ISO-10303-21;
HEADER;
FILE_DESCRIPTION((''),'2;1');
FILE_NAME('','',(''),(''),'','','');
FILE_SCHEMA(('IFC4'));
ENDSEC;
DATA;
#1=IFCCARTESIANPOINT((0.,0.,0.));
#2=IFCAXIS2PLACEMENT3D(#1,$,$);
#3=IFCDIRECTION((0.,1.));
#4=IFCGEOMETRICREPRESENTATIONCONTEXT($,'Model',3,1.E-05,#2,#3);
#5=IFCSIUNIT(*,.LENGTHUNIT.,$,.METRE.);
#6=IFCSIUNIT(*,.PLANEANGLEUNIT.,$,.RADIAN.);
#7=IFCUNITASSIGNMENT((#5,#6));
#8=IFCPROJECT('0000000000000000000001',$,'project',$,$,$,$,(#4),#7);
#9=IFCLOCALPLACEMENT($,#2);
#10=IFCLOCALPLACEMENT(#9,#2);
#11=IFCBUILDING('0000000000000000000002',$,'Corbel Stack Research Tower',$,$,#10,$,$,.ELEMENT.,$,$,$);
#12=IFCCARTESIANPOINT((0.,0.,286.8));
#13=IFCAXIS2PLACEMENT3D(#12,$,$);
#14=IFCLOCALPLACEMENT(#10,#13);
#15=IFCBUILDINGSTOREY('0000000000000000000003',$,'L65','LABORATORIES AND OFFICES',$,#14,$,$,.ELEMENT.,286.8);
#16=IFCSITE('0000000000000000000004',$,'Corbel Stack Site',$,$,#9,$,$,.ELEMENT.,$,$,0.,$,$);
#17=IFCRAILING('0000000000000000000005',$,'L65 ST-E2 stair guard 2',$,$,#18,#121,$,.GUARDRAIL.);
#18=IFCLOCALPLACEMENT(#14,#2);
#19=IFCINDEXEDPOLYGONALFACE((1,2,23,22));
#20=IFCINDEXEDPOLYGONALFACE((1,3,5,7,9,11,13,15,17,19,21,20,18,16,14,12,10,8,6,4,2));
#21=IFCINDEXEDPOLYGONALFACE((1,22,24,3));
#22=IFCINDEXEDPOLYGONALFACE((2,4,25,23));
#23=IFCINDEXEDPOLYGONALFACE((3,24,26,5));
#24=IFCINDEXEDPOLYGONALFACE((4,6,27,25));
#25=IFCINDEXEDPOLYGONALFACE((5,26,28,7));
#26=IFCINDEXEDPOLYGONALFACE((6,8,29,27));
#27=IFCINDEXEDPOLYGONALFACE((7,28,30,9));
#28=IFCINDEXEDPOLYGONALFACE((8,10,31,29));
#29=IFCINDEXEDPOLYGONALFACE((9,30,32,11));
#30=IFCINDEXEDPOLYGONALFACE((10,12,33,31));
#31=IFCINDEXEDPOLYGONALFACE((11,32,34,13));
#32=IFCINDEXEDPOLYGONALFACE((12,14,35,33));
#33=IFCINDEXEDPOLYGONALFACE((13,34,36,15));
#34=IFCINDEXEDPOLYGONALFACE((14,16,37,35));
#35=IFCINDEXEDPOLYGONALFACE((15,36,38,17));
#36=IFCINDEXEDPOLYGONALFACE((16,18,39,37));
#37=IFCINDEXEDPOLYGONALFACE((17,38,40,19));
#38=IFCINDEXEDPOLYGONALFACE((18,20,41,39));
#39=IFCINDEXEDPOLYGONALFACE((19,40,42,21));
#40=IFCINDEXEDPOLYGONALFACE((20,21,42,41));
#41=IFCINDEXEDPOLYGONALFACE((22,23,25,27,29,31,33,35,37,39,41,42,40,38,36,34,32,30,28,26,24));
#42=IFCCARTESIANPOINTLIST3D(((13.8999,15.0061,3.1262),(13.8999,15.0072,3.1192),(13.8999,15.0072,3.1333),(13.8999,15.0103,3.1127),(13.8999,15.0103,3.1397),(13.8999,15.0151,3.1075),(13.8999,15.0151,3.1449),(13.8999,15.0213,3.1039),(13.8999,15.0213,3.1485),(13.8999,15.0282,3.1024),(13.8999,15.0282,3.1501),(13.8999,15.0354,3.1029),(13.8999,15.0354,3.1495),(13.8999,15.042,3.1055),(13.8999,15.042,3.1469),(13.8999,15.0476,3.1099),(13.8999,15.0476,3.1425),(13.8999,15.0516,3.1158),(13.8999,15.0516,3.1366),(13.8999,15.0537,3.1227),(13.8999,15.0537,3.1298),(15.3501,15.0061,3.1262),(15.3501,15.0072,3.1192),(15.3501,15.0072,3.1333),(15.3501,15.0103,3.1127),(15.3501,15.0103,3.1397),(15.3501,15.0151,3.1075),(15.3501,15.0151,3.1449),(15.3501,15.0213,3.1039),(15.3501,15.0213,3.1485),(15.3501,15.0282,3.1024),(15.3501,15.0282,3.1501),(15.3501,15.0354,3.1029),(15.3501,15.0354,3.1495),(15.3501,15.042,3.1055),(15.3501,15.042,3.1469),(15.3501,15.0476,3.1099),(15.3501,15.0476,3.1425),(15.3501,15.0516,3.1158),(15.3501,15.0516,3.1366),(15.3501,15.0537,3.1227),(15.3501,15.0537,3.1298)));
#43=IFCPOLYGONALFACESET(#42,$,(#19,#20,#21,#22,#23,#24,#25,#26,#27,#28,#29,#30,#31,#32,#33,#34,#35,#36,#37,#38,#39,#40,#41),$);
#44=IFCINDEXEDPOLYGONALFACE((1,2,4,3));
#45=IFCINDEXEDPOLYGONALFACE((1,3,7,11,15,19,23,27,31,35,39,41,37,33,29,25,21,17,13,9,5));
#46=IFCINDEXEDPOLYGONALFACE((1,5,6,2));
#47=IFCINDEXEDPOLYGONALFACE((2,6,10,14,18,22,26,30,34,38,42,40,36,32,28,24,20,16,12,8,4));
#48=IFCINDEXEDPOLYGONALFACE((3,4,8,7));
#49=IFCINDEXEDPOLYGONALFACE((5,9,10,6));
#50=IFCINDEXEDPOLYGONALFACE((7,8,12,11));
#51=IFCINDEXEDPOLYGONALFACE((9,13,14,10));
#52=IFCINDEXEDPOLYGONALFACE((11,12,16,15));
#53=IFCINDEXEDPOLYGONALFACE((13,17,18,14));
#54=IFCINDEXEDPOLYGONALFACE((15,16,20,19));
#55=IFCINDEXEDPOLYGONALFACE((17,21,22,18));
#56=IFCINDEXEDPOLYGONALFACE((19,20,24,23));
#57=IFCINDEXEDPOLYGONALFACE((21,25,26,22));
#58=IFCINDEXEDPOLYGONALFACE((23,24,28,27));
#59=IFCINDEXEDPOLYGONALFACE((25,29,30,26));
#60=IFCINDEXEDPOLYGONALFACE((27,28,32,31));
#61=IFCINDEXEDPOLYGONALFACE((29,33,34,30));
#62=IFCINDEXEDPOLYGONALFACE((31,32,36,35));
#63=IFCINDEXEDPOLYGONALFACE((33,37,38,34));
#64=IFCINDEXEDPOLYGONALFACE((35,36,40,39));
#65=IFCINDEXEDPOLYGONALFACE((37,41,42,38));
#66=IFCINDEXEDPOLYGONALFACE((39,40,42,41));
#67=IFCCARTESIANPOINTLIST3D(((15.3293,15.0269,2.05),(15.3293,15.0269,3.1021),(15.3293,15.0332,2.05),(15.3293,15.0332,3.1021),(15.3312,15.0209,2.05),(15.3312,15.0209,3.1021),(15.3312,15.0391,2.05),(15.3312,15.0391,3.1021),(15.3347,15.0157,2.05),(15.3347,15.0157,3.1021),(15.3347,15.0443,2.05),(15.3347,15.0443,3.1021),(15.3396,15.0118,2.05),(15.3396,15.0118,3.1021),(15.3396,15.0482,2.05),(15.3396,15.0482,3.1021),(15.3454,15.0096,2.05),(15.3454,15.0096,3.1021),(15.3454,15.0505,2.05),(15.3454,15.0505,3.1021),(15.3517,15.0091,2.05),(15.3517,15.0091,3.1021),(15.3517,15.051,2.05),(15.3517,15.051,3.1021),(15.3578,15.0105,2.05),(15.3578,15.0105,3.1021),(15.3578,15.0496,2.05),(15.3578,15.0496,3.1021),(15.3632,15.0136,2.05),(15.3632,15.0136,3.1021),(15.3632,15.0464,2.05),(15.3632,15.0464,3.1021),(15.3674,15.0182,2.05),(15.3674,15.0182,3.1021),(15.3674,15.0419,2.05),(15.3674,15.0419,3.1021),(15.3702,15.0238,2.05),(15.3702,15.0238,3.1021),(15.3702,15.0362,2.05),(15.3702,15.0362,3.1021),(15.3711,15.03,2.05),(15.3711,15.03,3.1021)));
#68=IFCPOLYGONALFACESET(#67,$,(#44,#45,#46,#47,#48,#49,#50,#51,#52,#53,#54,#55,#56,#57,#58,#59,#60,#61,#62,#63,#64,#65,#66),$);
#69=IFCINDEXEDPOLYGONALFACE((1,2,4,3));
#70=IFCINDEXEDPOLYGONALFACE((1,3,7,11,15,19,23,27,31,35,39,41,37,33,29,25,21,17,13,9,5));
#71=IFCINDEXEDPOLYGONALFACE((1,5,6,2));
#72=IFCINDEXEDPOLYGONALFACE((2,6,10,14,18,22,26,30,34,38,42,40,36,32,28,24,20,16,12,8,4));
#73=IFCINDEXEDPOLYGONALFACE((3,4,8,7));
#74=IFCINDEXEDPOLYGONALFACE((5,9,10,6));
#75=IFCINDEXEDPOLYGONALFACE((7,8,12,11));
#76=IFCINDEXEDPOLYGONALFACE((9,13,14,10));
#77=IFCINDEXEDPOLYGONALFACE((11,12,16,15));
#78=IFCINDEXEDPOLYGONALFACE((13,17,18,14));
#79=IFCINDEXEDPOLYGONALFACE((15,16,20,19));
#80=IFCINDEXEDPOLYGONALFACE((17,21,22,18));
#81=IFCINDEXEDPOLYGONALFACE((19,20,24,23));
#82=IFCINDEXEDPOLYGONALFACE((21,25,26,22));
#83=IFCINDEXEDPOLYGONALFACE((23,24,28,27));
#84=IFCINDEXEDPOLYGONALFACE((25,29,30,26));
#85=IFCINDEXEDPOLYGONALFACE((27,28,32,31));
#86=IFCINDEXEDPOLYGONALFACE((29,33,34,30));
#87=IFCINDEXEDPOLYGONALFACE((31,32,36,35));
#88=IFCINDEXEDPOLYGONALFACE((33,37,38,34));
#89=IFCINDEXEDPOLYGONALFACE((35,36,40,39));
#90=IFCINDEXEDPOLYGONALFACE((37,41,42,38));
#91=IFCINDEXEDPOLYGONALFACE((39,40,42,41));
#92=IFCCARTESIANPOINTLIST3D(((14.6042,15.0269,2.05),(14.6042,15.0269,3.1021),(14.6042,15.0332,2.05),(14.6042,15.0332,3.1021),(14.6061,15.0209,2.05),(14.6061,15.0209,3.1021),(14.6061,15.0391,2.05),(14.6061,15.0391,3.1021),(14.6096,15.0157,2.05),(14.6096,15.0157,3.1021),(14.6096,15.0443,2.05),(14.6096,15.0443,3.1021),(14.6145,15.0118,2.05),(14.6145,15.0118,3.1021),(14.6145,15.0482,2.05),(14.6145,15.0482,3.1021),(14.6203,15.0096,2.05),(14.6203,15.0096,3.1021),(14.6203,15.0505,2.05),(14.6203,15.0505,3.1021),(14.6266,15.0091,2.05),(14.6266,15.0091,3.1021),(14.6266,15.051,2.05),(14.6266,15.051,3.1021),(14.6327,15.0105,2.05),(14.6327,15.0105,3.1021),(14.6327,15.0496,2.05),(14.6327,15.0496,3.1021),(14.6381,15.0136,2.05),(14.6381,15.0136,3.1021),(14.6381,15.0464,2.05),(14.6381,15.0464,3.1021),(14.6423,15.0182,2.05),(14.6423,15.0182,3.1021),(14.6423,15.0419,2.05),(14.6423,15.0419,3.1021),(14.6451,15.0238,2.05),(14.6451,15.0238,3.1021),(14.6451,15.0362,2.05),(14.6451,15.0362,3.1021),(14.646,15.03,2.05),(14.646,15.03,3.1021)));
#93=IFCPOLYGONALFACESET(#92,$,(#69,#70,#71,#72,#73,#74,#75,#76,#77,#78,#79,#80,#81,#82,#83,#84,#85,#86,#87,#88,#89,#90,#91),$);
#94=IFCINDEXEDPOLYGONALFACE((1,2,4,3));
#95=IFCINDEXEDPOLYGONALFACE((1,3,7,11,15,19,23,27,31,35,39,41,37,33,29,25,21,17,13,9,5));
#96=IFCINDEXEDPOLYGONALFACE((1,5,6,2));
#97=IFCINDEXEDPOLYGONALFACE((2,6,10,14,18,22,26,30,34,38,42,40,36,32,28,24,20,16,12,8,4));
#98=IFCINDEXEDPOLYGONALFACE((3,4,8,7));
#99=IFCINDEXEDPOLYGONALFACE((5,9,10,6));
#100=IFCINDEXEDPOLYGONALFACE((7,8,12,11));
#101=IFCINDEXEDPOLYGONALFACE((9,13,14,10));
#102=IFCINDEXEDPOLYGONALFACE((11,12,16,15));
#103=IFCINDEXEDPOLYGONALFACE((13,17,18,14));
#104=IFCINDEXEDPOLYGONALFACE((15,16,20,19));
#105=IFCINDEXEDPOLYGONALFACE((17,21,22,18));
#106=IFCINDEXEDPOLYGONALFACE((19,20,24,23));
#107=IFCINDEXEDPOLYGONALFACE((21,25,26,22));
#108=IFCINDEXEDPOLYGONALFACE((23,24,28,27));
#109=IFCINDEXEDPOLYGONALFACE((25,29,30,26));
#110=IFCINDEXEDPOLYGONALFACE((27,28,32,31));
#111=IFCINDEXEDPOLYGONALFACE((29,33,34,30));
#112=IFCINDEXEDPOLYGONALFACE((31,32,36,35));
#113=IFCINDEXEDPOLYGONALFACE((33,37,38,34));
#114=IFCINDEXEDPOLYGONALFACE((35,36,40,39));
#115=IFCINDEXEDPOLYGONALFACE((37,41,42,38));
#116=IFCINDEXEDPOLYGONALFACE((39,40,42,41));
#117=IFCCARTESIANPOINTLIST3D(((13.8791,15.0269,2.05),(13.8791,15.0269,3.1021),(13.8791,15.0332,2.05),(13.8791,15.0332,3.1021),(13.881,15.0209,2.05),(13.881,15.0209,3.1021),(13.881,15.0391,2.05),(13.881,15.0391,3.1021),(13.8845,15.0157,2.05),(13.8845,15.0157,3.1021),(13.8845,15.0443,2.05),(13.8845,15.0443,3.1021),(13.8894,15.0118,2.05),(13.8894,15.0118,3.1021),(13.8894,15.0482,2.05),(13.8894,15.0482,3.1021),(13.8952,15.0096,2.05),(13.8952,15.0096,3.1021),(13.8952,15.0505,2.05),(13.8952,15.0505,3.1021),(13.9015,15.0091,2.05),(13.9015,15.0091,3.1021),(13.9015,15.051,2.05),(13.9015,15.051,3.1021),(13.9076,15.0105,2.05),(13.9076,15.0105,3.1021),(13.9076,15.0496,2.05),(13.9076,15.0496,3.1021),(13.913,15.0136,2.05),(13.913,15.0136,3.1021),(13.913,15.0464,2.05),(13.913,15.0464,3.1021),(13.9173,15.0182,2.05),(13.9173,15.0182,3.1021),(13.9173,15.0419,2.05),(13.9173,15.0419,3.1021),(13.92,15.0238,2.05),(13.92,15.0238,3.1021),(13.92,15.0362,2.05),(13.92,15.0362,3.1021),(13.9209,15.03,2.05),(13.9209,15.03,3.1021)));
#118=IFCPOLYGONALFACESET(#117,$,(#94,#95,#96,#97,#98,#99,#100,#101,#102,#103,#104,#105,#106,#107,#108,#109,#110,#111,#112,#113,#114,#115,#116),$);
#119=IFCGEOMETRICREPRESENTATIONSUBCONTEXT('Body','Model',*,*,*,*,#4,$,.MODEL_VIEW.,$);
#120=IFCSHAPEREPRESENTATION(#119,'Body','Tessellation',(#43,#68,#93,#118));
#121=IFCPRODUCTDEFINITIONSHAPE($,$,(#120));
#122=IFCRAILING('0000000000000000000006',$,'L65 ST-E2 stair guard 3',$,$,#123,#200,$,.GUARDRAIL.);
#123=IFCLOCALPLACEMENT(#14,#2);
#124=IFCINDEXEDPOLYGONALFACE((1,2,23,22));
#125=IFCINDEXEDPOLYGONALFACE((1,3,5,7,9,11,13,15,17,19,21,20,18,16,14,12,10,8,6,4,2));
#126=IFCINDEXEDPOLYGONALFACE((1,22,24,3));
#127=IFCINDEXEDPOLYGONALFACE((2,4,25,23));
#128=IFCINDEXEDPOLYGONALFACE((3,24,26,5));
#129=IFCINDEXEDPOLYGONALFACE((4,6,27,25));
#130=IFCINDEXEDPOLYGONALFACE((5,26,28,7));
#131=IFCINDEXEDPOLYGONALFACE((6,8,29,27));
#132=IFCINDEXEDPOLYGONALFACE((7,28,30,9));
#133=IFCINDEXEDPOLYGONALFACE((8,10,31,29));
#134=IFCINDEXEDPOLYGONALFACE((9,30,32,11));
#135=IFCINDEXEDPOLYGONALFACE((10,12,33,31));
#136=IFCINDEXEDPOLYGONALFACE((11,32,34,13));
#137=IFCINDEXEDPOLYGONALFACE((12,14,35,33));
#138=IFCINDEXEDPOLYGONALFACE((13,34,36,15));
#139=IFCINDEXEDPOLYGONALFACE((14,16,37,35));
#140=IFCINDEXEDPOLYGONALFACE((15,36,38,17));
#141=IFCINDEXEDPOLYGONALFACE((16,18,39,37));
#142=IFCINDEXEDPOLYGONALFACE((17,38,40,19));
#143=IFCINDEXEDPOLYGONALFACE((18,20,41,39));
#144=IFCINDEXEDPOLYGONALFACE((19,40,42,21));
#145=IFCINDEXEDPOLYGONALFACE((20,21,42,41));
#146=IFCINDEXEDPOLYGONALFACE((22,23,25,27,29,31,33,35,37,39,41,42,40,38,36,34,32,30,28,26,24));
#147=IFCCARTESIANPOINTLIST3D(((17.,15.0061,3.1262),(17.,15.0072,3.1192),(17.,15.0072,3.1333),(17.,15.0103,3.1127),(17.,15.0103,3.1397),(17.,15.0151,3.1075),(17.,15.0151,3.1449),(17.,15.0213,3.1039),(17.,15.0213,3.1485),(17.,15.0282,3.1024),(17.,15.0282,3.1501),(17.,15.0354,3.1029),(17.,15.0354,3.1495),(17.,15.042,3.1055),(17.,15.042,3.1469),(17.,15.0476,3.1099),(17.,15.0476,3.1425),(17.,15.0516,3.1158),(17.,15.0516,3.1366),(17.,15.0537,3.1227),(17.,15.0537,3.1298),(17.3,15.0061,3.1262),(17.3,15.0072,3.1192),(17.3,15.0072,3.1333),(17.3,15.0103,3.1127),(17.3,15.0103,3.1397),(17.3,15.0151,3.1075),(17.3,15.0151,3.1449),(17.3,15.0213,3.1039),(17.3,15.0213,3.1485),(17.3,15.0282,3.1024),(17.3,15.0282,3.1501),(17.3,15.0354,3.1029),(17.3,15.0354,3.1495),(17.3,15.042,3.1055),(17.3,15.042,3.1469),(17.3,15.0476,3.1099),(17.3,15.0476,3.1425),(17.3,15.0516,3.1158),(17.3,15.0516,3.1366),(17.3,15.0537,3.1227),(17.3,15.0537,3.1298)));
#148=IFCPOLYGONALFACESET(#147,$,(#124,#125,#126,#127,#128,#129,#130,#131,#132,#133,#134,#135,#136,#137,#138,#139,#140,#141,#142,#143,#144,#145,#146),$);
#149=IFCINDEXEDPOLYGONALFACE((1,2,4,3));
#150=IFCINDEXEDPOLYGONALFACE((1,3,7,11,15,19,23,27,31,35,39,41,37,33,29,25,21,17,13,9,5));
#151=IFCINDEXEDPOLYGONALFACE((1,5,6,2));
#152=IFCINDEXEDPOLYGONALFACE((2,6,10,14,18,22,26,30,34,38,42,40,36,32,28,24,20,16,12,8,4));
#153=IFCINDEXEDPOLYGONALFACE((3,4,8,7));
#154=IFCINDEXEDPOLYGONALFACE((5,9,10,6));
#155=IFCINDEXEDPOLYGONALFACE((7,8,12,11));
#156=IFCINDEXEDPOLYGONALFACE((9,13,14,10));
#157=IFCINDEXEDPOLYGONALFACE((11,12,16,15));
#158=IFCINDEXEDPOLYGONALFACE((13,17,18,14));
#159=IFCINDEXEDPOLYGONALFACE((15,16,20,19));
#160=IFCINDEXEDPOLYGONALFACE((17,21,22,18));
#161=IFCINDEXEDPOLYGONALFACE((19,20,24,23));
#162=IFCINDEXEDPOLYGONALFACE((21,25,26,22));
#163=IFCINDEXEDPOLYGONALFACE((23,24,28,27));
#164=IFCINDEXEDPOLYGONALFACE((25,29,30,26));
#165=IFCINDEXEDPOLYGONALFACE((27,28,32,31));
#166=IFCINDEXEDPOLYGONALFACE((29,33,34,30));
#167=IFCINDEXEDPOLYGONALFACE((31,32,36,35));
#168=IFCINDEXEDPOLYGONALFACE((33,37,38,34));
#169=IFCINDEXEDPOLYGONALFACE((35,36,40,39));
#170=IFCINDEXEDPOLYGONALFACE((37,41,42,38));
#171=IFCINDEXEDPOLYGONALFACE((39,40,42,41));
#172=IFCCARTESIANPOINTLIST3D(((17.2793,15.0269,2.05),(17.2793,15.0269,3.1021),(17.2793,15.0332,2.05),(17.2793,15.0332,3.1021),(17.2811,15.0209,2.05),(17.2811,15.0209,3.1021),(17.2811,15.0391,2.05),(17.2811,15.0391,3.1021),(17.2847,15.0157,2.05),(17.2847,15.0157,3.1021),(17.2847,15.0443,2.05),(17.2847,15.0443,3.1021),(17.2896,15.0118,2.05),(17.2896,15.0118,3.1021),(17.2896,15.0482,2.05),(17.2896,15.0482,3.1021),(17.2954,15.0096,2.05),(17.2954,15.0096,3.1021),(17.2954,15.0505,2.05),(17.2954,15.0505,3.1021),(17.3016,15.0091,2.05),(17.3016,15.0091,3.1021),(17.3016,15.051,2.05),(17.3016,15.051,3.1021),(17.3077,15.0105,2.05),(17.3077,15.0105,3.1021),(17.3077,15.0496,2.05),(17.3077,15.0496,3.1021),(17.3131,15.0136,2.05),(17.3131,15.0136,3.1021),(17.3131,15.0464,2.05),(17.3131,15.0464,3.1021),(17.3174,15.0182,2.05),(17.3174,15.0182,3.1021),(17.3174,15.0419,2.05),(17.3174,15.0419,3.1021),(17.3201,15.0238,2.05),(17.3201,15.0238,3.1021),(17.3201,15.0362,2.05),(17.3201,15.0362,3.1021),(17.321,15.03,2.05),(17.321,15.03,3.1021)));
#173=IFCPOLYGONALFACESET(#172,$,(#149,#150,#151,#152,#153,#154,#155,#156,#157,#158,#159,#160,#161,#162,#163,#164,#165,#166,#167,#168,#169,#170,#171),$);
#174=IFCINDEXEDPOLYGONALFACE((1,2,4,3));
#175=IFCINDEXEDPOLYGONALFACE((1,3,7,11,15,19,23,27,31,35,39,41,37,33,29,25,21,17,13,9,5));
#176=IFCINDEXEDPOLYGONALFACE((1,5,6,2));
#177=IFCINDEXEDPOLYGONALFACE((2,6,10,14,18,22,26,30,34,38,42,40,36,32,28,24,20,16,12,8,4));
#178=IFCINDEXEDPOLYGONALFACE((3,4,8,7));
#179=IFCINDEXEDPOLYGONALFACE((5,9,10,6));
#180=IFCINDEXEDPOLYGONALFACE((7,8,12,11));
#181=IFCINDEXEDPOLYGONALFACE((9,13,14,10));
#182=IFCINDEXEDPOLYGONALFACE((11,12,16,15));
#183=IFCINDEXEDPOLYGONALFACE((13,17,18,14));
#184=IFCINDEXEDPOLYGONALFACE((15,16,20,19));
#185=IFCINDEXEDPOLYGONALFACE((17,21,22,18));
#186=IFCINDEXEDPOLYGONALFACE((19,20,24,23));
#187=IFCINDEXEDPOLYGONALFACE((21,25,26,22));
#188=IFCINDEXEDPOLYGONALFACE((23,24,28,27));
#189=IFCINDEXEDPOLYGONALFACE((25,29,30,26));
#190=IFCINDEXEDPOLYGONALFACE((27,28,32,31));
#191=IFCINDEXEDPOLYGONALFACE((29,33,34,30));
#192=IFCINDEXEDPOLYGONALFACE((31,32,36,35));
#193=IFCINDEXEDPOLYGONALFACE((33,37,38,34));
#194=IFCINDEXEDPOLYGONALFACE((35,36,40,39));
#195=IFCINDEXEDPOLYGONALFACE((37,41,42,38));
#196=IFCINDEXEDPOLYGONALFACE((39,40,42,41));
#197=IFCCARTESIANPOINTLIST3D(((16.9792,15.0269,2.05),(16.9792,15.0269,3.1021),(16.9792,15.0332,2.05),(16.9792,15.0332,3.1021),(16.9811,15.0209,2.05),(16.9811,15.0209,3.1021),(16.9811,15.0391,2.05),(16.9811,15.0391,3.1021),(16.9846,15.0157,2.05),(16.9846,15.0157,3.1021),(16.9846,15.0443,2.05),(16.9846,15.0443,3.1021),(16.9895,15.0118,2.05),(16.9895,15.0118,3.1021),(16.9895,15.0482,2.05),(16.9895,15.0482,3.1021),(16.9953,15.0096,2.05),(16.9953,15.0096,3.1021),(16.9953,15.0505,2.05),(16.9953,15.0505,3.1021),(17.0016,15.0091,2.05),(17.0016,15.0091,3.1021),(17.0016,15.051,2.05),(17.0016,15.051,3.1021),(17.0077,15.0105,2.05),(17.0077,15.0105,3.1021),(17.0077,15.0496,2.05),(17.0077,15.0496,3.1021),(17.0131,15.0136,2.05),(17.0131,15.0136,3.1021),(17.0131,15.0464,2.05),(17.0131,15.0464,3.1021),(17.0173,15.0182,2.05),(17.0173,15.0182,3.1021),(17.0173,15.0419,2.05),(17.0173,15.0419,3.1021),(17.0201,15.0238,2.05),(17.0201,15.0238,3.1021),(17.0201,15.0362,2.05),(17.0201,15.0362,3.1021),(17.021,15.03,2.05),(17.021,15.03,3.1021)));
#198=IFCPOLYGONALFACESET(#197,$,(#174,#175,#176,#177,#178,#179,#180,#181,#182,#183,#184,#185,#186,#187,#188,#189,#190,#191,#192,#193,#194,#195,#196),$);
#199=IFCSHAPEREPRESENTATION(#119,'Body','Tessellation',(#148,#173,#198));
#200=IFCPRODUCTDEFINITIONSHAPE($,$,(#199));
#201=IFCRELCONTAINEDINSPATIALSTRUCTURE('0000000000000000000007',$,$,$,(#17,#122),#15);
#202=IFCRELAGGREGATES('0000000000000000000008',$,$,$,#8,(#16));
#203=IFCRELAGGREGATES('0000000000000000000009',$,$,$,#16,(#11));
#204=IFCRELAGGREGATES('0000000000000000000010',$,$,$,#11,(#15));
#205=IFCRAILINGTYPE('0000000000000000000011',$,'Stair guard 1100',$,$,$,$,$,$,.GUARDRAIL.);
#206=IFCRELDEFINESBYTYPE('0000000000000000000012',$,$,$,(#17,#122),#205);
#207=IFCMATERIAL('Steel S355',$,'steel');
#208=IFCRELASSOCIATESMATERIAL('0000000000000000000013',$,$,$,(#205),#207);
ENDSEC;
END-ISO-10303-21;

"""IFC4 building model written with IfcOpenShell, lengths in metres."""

from ifc_helpers import new_model, si_unit, direction, frame, origin, origin_2d, place, context, subcontext, project, spatial, circle, extrude, material, type_object, element, save


model = new_model("IFC4")

# Units and contexts
model_context = context("Model", 3, precision=1e-05, world=origin(), true_north=direction((0.0, 1.0)))
body_context = subcontext(model_context, "Body", "Model", "MODEL_VIEW")
ifc_project = project(units=[si_unit("LENGTHUNIT", "METRE"), si_unit("PLANEANGLEUNIT", "RADIAN")], contexts=[model_context])

# Site, building, storey
site_placement = place(None, origin())
site = spatial("IfcSite", under=ifc_project, at=site_placement, Name="Corbel Stack Site", CompositionType="ELEMENT", RefElevation=0.0)
building_placement = place(site_placement, origin())
building = spatial("IfcBuilding", under=site, at=building_placement, Name="Corbel Stack Research Tower", CompositionType="ELEMENT")
storey_placement = place(building_placement, frame((0.0, 0.0, 286.8)))
storey = spatial("IfcBuildingStorey", under=building, at=storey_placement, Name="L65", Description="LABORATORIES AND OFFICES", CompositionType="ELEMENT", Elevation=286.8)

# Railings
ifc_material_1 = material(Name="Steel S355", Category="steel")
railing_type_1 = type_object("IfcRailingType", Name="Stair guard 1100", PredefinedType="GUARDRAIL", material=ifc_material_1)
railing_1_placement = place(storey_placement, frame((15.3501, 15.03, 2.05)))
element("IfcRailing", 1, at=railing_1_placement, inside=storey, type_object=railing_type_1, Name="L65 ST-E2 stair guard 2", PredefinedType="GUARDRAIL", context=body_context, shape_type="SweptSolid", body=[
    extrude(circle(Radius=0.0239, at=origin_2d()), frame((0.0, 0.0, 1.0762), z_axis=(-1.0, 0.0, 0.0), x_axis=(0.0, -1.0, 0.0)), (0.0, 0.0, 1.0), 1.4502),
    extrude(circle(Radius=0.021, at=origin_2d()), origin(), (0.0, 0.0, 1.0), 1.052),
    extrude(circle(Radius=0.021, at=origin_2d()), frame((-0.7251, 0.0, 0.0)), (0.0, 0.0, 1.0), 1.052),
    extrude(circle(Radius=0.021, at=origin_2d()), frame((-1.4502, 0.0, 0.0)), (0.0, 0.0, 1.0), 1.052),
])
railing_2_placement = place(storey_placement, frame((17.3, 15.03, 2.05)))
element("IfcRailing", 2, at=railing_2_placement, inside=storey, type_object=railing_type_1, Name="L65 ST-E2 stair guard 3", PredefinedType="GUARDRAIL", context=body_context, shape_type="SweptSolid", body=[
    extrude(circle(Radius=0.0239, at=origin_2d()), frame((0.0, 0.0, 1.0762), z_axis=(-1.0, 0.0, 0.0), x_axis=(0.0, -1.0, 0.0)), (0.0, 0.0, 1.0), 0.3),
    extrude(circle(Radius=0.021, at=origin_2d()), origin(), (0.0, 0.0, 1.0), 1.052),
    extrude(circle(Radius=0.021, at=origin_2d()), frame((-0.3, 0.0, 0.0)), (0.0, 0.0, 1.0), 1.052),
])

save(model, "model.ifc")
